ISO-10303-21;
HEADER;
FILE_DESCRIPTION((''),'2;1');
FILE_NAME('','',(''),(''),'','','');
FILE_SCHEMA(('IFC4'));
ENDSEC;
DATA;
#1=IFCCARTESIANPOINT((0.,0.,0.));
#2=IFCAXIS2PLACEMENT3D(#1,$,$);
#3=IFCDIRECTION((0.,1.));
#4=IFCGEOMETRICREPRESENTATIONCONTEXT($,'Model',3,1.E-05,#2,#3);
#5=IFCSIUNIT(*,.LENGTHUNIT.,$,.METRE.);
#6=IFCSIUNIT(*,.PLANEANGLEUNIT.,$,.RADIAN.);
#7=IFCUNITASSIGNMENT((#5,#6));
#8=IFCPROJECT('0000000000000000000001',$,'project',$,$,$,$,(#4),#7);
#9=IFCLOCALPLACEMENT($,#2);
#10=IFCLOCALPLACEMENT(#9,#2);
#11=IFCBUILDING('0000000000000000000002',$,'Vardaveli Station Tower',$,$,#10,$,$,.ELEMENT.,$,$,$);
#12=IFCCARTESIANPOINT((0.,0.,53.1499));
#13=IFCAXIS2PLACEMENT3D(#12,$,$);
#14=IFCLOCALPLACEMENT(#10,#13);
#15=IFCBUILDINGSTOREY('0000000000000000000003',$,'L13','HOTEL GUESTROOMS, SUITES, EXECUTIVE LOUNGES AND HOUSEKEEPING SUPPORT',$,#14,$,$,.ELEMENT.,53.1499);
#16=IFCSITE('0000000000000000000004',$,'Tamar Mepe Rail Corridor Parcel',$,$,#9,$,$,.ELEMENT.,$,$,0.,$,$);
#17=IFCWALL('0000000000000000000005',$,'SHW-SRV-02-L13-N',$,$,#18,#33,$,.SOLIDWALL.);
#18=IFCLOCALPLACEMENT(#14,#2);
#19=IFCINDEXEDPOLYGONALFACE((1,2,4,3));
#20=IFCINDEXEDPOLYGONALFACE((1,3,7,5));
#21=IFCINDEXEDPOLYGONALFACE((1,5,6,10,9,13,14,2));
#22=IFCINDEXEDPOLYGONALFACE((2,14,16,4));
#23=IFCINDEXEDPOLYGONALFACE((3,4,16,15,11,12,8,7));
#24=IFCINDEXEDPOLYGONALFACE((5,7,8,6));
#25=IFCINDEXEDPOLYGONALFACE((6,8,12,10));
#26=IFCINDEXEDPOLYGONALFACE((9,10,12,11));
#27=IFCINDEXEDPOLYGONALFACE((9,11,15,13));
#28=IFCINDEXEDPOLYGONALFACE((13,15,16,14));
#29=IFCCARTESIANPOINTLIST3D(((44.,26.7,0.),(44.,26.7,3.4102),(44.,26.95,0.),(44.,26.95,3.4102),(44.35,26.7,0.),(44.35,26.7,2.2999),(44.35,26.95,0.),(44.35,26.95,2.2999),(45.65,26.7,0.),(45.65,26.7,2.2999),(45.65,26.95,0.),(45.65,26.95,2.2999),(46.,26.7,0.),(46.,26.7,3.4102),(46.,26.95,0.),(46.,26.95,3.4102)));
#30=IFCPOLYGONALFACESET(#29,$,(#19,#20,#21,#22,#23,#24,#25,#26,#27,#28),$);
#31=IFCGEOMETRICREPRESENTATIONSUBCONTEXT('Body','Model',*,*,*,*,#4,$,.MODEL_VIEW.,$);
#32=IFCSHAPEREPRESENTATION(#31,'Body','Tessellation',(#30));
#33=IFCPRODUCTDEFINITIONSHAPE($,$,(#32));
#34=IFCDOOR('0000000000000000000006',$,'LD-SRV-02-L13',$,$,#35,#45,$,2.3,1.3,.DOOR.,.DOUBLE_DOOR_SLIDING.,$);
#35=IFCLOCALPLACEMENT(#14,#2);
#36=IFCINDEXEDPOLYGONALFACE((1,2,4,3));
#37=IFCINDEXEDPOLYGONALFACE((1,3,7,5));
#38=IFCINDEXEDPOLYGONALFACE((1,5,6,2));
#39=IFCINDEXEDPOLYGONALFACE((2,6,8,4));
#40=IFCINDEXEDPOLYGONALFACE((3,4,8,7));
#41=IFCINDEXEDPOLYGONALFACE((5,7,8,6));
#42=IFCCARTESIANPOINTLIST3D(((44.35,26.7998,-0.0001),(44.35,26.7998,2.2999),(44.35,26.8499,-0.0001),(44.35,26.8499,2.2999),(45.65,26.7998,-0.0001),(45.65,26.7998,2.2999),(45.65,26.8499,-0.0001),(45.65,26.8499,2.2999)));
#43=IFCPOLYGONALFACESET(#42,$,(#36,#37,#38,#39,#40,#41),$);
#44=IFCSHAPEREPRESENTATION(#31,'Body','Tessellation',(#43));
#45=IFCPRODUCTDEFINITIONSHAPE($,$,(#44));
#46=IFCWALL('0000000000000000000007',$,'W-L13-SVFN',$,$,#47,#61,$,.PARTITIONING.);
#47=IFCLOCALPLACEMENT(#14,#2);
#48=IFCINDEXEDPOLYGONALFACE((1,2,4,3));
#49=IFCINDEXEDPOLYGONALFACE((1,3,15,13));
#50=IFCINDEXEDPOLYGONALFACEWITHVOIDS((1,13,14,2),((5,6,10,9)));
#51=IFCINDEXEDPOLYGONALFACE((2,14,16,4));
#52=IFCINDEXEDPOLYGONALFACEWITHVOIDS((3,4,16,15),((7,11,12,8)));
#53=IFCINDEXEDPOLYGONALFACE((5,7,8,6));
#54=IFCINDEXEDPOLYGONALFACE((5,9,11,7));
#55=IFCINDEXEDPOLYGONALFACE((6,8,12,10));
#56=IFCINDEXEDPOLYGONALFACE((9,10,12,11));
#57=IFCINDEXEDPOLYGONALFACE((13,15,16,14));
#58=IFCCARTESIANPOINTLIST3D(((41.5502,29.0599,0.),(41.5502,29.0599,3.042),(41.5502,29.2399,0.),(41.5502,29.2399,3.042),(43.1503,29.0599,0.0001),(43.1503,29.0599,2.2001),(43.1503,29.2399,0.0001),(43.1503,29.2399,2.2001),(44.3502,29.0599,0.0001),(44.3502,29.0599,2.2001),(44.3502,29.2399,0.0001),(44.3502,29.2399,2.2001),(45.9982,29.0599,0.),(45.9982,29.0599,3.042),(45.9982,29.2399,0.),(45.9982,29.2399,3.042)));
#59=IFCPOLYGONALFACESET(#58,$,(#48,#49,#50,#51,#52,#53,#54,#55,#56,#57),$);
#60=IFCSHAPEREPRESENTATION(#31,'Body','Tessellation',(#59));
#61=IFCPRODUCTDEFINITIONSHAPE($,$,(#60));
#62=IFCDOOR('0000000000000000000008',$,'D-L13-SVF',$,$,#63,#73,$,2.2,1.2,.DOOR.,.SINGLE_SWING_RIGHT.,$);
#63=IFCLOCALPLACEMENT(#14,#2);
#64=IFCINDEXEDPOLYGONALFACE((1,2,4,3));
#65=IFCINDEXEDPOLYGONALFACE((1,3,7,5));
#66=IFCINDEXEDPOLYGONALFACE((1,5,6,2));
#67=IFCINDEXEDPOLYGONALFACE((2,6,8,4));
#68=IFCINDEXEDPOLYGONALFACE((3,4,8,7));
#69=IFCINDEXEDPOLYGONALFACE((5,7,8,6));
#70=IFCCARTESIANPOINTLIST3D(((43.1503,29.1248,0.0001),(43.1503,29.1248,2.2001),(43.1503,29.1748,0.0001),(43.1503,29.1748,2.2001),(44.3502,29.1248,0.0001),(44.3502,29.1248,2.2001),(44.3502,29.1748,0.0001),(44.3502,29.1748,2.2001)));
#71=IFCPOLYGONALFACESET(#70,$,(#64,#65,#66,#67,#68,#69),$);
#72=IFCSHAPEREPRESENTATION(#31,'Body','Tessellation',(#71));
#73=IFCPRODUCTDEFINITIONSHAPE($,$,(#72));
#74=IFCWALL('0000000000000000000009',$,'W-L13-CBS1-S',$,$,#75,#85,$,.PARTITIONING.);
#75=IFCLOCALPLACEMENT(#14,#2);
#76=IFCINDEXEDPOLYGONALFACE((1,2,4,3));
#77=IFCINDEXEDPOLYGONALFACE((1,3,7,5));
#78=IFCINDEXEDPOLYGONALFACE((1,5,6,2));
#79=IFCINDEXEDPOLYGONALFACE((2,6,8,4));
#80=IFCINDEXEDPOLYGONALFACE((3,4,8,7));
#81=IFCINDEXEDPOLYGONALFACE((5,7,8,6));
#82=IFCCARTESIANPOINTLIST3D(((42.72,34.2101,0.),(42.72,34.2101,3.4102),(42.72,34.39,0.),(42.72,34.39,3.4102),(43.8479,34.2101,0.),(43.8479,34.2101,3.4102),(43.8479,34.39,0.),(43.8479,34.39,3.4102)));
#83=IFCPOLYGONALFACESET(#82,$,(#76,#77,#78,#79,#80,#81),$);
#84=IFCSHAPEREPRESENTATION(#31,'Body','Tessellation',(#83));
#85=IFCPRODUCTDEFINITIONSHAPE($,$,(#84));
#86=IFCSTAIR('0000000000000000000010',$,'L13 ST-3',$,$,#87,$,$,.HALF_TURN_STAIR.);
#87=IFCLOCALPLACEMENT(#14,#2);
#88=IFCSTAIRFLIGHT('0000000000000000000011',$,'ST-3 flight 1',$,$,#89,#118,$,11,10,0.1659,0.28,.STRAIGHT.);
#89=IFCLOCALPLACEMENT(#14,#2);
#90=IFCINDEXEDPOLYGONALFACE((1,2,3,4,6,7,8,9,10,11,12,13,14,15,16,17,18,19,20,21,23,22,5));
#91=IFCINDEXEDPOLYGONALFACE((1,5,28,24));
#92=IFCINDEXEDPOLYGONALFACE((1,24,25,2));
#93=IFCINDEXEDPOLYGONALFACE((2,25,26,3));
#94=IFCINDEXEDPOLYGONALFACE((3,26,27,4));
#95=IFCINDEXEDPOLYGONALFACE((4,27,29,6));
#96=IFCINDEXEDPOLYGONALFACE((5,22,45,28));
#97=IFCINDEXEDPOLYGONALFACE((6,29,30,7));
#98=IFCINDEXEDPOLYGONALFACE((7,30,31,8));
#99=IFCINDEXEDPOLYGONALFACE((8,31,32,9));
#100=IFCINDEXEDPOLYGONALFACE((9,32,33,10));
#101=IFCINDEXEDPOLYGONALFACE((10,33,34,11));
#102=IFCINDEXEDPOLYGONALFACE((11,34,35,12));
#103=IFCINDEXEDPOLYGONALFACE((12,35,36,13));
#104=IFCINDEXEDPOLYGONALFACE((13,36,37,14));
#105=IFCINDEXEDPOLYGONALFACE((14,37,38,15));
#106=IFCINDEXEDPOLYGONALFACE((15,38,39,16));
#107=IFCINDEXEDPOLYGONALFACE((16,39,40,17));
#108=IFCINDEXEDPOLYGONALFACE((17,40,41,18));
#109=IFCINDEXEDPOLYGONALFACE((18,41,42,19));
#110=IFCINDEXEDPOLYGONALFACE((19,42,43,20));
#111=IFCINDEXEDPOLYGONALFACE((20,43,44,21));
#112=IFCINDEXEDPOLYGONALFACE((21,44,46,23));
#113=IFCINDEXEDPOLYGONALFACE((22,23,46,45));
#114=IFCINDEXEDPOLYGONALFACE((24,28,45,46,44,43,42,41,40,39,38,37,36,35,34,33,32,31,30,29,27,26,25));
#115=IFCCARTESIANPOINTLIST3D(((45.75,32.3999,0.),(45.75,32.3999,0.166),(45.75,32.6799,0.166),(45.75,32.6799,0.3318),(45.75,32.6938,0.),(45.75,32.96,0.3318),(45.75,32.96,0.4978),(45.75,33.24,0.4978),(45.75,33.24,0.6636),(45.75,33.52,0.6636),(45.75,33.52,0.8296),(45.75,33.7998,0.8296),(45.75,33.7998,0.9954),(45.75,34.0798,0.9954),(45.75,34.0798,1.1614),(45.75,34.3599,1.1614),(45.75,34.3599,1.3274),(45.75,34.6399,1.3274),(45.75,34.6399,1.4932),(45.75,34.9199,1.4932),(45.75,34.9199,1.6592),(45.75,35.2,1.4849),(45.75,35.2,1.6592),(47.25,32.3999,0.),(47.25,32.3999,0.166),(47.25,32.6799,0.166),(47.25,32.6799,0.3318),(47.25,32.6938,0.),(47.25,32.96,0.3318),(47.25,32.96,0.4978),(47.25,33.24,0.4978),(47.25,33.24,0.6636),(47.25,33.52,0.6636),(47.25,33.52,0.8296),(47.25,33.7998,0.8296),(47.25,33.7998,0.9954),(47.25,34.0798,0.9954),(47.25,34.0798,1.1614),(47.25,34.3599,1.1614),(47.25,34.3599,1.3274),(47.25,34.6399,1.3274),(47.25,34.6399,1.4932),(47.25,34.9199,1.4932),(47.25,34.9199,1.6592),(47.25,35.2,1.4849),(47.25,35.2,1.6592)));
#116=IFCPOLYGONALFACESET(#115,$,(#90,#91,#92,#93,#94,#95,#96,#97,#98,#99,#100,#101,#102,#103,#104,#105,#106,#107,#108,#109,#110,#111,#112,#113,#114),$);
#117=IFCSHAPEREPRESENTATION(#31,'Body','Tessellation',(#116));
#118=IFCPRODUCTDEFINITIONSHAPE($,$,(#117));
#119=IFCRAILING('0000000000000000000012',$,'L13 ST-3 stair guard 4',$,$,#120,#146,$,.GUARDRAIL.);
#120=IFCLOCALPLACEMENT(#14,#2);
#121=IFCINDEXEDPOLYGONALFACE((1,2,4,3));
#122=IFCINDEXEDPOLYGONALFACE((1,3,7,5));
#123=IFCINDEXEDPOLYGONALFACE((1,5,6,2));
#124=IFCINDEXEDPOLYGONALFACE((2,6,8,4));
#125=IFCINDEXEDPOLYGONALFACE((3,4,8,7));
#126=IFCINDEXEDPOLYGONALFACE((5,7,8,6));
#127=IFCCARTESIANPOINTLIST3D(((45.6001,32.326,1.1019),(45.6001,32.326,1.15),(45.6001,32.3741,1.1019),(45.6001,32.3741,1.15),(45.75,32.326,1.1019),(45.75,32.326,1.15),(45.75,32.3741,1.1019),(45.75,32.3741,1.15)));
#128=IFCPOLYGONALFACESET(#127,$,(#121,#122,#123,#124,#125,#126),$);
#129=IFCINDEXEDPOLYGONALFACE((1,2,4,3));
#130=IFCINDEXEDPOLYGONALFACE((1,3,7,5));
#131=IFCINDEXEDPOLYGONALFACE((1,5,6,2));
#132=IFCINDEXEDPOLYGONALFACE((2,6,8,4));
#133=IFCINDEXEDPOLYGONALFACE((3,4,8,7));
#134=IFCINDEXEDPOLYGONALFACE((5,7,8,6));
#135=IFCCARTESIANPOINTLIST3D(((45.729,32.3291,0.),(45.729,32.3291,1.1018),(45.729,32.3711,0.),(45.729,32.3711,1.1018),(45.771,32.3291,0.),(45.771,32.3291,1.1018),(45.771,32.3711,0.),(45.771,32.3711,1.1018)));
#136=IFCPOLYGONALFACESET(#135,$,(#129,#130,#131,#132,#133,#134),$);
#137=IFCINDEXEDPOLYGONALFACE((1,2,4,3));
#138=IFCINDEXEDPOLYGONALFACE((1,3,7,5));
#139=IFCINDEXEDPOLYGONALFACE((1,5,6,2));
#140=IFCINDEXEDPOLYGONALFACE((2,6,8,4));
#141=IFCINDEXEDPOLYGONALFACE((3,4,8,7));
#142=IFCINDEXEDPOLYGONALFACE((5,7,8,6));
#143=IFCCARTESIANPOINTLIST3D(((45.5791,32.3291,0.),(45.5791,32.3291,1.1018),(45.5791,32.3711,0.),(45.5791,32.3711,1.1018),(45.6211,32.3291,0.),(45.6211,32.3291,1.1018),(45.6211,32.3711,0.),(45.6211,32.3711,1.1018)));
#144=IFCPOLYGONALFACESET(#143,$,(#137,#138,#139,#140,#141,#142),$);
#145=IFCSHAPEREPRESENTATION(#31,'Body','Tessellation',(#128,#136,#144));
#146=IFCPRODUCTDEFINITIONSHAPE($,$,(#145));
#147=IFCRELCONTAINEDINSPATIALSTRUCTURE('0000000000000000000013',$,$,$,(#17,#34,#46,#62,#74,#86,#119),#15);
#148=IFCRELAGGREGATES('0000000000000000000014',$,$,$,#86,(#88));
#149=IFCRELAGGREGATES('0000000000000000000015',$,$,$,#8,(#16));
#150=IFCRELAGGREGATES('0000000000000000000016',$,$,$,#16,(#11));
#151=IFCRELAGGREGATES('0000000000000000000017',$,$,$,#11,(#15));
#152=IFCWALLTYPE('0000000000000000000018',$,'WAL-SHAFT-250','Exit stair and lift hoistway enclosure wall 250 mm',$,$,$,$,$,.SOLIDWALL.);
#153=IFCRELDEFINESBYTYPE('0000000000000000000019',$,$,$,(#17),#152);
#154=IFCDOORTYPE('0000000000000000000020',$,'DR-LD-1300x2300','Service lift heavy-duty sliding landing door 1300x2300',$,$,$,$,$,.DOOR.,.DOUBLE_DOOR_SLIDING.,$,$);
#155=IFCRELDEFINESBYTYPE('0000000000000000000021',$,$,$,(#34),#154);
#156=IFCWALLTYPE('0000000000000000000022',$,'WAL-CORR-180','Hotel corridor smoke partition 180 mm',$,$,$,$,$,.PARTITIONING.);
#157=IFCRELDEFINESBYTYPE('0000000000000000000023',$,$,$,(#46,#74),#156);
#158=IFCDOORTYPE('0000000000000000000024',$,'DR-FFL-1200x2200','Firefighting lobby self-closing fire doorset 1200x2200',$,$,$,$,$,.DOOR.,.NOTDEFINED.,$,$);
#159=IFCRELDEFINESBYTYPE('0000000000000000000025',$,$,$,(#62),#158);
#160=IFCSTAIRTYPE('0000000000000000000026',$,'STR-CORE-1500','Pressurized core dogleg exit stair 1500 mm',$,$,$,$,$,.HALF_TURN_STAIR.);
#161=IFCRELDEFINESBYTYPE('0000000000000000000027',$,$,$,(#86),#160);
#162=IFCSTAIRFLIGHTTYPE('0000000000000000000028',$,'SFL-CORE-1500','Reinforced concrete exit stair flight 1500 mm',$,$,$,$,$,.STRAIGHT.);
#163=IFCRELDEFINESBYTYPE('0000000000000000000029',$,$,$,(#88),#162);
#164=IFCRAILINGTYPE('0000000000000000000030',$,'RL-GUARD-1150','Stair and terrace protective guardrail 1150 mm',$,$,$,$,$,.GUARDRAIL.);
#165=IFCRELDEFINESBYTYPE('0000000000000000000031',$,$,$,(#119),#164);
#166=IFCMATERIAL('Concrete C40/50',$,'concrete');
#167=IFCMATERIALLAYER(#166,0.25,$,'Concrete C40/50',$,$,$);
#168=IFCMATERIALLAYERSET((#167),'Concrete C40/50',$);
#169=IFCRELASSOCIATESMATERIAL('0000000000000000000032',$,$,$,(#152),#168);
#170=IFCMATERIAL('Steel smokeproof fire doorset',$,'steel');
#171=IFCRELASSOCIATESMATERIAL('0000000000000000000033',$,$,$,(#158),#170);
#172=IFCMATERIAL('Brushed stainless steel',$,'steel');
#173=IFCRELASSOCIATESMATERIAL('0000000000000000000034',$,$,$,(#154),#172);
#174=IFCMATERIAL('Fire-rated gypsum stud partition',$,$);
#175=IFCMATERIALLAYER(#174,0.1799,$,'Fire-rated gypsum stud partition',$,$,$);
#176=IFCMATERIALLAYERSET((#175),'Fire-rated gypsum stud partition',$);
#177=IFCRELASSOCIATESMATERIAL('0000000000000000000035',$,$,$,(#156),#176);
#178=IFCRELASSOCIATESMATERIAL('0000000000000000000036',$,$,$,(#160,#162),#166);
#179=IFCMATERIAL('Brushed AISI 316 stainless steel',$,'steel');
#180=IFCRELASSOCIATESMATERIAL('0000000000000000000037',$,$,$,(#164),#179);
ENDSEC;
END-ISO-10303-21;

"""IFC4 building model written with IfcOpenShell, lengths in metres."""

from ifc_helpers import new_model, si_unit, direction, frame, frame_2d, origin, origin_2d, place, context, subcontext, project, spatial, polyline, rectangle, outline, extrude, source, transform, mapped, material, layer, layer_set, type_object, element, fill, aggregate, save


model = new_model("IFC4")

# Units and contexts
model_context = context("Model", 3, precision=1e-05, world=origin(), true_north=direction((0.0, 1.0)))
body_context = subcontext(model_context, "Body", "Model", "MODEL_VIEW")
ifc_project = project(units=[si_unit("LENGTHUNIT", "METRE"), si_unit("PLANEANGLEUNIT", "RADIAN")], contexts=[model_context])

# Site, building, storey
site_placement = place(None, origin())
site = spatial("IfcSite", under=ifc_project, at=site_placement, Name="Tamar Mepe Rail Corridor Parcel", CompositionType="ELEMENT", RefElevation=0.0)
building_placement = place(site_placement, origin())
building = spatial("IfcBuilding", under=site, at=building_placement, Name="Vardaveli Station Tower", CompositionType="ELEMENT")
storey_placement = place(building_placement, frame((0.0, 0.0, 53.1499)))
storey = spatial("IfcBuildingStorey", under=building, at=storey_placement, Name="L13", Description="HOTEL GUESTROOMS, SUITES, EXECUTIVE LOUNGES AND HOUSEKEEPING SUPPORT", CompositionType="ELEMENT", Elevation=53.1499)

# Shared definitions
ifc_material_1 = material(Name="Concrete C40/50", Category="concrete")
ifc_layer_1 = layer(ifc_material_1, 0.25, Name="Concrete C40/50")
ifc_layer_set_1 = layer_set([ifc_layer_1], Name="Concrete C40/50")
wall_type_1 = type_object("IfcWallType", Name="WAL-SHAFT-250", Description="Exit stair and lift hoistway enclosure wall 250 mm", PredefinedType="SOLIDWALL", material=ifc_layer_set_1)

# Walls, openings, doors
ifc_material_2 = material(Name="Steel smokeproof fire doorset", Category="steel")
door_type_1 = type_object("IfcDoorType", Name="DR-FFL-1200x2200", Description="Firefighting lobby self-closing fire doorset 1200x2200", OperationType="NOTDEFINED", PredefinedType="DOOR", material=ifc_material_2)
shared_shape_1 = source(origin(), body_context, "Body", "SweptSolid", [
    extrude(rectangle(XDim=1.2, YDim=2.2, at=frame_2d((0.6001, 1.1001))), frame((0.0, 0.0249, 0.0), z_axis=(0.0, -1.0, 0.0), x_axis=(1.0, 0.0, 0.0)), (0.0, 0.0, 1.0), 0.05),
])
shared_shape_2 = source(origin(), body_context, "Body", "SweptSolid", [
    extrude(rectangle(XDim=2.0, YDim=0.25, at=frame_2d((1.0, 0.0))), origin(), (0.0, 0.0, 1.0), 3.4102),
])
wall_1_placement = place(storey_placement, frame((44.0, 26.825, 0.0), z_axis=(0.0, 0.0, 1.0), x_axis=(1.0, 0.0, 0.0)))
wall_1 = element("IfcWall", 1, at=wall_1_placement, inside=storey, type_object=wall_type_1, Name="SHW-SRV-02-L13-N", PredefinedType="SOLIDWALL", context=body_context, shape_type="MappedRepresentation", body=[
    mapped(shared_shape_2, transform((0.0, 0.0, 0.0), scale=1.0)),
])
shared_shape_3 = source(origin(), body_context, "Body", "SweptSolid", [
    extrude(rectangle(XDim=1.3, YDim=2.3, at=frame_2d((0.6499, 1.1499))), frame((0.0, 0.135, 0.0), z_axis=(0.0, -1.0, 0.0), x_axis=(1.0, 0.0, 0.0)), (0.0, 0.0, 1.0), 0.27),
])
opening_1_placement = place(wall_1_placement, frame((0.3501, 0.0, 0.0)))
opening_1 = element("IfcOpeningElement", 2, at=opening_1_placement, cuts=wall_1, PredefinedType="OPENING", context=body_context, shape_type="MappedRepresentation", body=[
    mapped(shared_shape_3, transform((0.0, 0.0, 0.0), scale=1.0)),
])
ifc_material_3 = material(Name="Brushed stainless steel", Category="steel")
door_type_2 = type_object("IfcDoorType", Name="DR-LD-1300x2300", Description="Service lift heavy-duty sliding landing door 1300x2300", OperationType="DOUBLE_DOOR_SLIDING", PredefinedType="DOOR", material=ifc_material_3)
shared_shape_4 = source(origin(), body_context, "Body", "SweptSolid", [
    extrude(rectangle(XDim=1.3, YDim=2.3, at=frame_2d((0.6499, 1.1499))), frame((0.0, 0.0249, 0.0), z_axis=(0.0, -1.0, 0.0), x_axis=(1.0, 0.0, 0.0)), (0.0, 0.0, 1.0), 0.05),
])
door_1_placement = place(opening_1_placement, origin())
door_1 = element("IfcDoor", 3, at=door_1_placement, inside=storey, type_object=door_type_2, Name="LD-SRV-02-L13", OperationType="DOUBLE_DOOR_SLIDING", OverallHeight=2.3, OverallWidth=1.3, PredefinedType="DOOR", context=body_context, shape_type="MappedRepresentation", body=[
    mapped(shared_shape_4, transform((0.0, 0.0, 0.0), scale=1.0)),
])
fill(opening_1, door_1)
ifc_material_4 = material(Name="Fire-rated gypsum stud partition")
ifc_layer_2 = layer(ifc_material_4, 0.1799, Name="Fire-rated gypsum stud partition")
ifc_layer_set_2 = layer_set([ifc_layer_2], Name="Fire-rated gypsum stud partition")
wall_type_2 = type_object("IfcWallType", Name="WAL-CORR-180", Description="Hotel corridor smoke partition 180 mm", PredefinedType="PARTITIONING", material=ifc_layer_set_2)
shared_shape_5 = source(origin(), body_context, "Body", "SweptSolid", [
    extrude(rectangle(XDim=4.448, YDim=0.1799, at=frame_2d((2.2241, 0.0))), origin(), (0.0, 0.0, 1.0), 3.042),
])
wall_2_placement = place(storey_placement, frame((41.55, 29.1499, 0.0), z_axis=(0.0, 0.0, 1.0), x_axis=(1.0, 0.0, 0.0)))
wall_2 = element("IfcWall", 4, at=wall_2_placement, inside=storey, type_object=wall_type_2, Name="W-L13-SVFN", PredefinedType="PARTITIONING", context=body_context, shape_type="MappedRepresentation", body=[
    mapped(shared_shape_5, transform((0.0, 0.0, 0.0), scale=1.0)),
])
shared_shape_6 = source(origin(), body_context, "Body", "SweptSolid", [
    extrude(rectangle(XDim=1.2, YDim=2.2, at=frame_2d((0.6001, 1.1001))), frame((0.0, 0.1001, 0.0), z_axis=(0.0, -1.0, 0.0), x_axis=(1.0, 0.0, 0.0)), (0.0, 0.0, 1.0), 0.2),
])
opening_2_placement = place(wall_2_placement, frame((1.6001, 0.0, 0.0)))
opening_2 = element("IfcOpeningElement", 5, at=opening_2_placement, cuts=wall_2, PredefinedType="OPENING", context=body_context, shape_type="MappedRepresentation", body=[
    mapped(shared_shape_6, transform((0.0, 0.0, 0.0), scale=1.0)),
])
door_2_placement = place(opening_2_placement, origin())
door_2 = element("IfcDoor", 6, at=door_2_placement, inside=storey, type_object=door_type_1, Name="D-L13-SVF", OperationType="SINGLE_SWING_RIGHT", OverallHeight=2.2, OverallWidth=1.2, PredefinedType="DOOR", context=body_context, shape_type="MappedRepresentation", body=[
    mapped(shared_shape_1, transform((0.0, 0.0, 0.0), scale=1.0)),
])
fill(opening_2, door_2)

# Wall
shared_shape_7 = source(origin(), body_context, "Body", "SweptSolid", [
    extrude(rectangle(XDim=1.1279, YDim=0.1799, at=frame_2d((0.564, 0.0))), origin(), (0.0, 0.0, 1.0), 3.4102),
])
wall_3_placement = place(storey_placement, frame((42.72, 34.3, 0.0), z_axis=(0.0, 0.0, 1.0), x_axis=(1.0, 0.0, 0.0)))
element("IfcWall", 7, at=wall_3_placement, inside=storey, type_object=wall_type_2, Name="W-L13-CBS1-S", PredefinedType="PARTITIONING", context=body_context, shape_type="MappedRepresentation", body=[
    mapped(shared_shape_7, transform((0.0, 0.0, 0.0), scale=1.0)),
])

# Stair, stair flight
stair_type = type_object("IfcStairType", Name="STR-CORE-1500", Description="Pressurized core dogleg exit stair 1500 mm", PredefinedType="HALF_TURN_STAIR", material=ifc_material_1)
stair_placement = place(storey_placement, origin())
stair = element("IfcStair", 8, at=stair_placement, inside=storey, type_object=stair_type, Name="L13 ST-3", PredefinedType="HALF_TURN_STAIR")
stair_flight_type = type_object("IfcStairFlightType", Name="SFL-CORE-1500", Description="Reinforced concrete exit stair flight 1500 mm", PredefinedType="STRAIGHT", material=ifc_material_1)
shared_shape_8 = source(origin(), body_context, "Body", "SweptSolid", [
    extrude(outline(polyline([(0.0, 0.0), (0.0, 0.166), (0.28, 0.166), (0.28, 0.3318), (0.5601, 0.3318), (0.5601, 0.4978), (0.8401, 0.4978), (0.8401, 0.6636), (1.1201, 0.6636), (1.1201, 0.8296), (1.3999, 0.8296), (1.3999, 0.9954), (1.6799, 0.9954), (1.6799, 1.1614), (1.96, 1.1614), (1.96, 1.3274), (2.24, 1.3274), (2.24, 1.4932), (2.52, 1.4932), (2.52, 1.6592), (2.8, 1.6592), (2.8, 1.825), (2.8, 1.4849), (0.2939, 0.0), (0.0, 0.0)])), frame((0.0, 0.75, 0.0), z_axis=(0.0, -1.0, 0.0), x_axis=(1.0, 0.0, 0.0)), (0.0, 0.0, 1.0), 1.5),
])
stair_flight_placement = place(storey_placement, frame((46.5, 32.3999, 0.0), z_axis=(0.0, 0.0, 1.0), x_axis=(0.0, 1.0, 0.0)))
stair_flight = element("IfcStairFlight", 9, at=stair_flight_placement, type_object=stair_flight_type, Name="ST-3 flight 1", NumberOfRisers=11, NumberOfTreads=10, PredefinedType="STRAIGHT", RiserHeight=0.1659, TreadLength=0.28, context=body_context, shape_type="MappedRepresentation", body=[
    mapped(shared_shape_8, transform((0.0, 0.0, 0.0), scale=1.0)),
])
aggregate(stair, [stair_flight])

# Railing
ifc_material_5 = material(Name="Brushed AISI 316 stainless steel", Category="steel")
railing_type_1 = type_object("IfcRailingType", Name="RL-GUARD-1150", Description="Stair and terrace protective guardrail 1150 mm", PredefinedType="GUARDRAIL", material=ifc_material_5)
shared_shape_9 = source(origin(), body_context, "Body", "SweptSolid", [
    extrude(rectangle(XDim=0.0481, YDim=0.0481, at=origin_2d()), frame((0.0, 0.0, 1.126), z_axis=(-1.0, 0.0, 0.0), x_axis=(0.0, -1.0, 0.0)), (0.0, 0.0, 1.0), 0.1499),
    extrude(rectangle(XDim=0.042, YDim=0.042, at=origin_2d()), origin(), (0.0, 0.0, 1.0), 1.1018),
    extrude(rectangle(XDim=0.042, YDim=0.042, at=origin_2d()), frame((-0.1499, 0.0, 0.0)), (0.0, 0.0, 1.0), 1.1018),
])
railing_1_placement = place(storey_placement, frame((45.75, 32.3501, 0.0)))
element("IfcRailing", 10, at=railing_1_placement, inside=storey, type_object=railing_type_1, Name="L13 ST-3 stair guard 4", PredefinedType="GUARDRAIL", context=body_context, shape_type="MappedRepresentation", body=[
    mapped(shared_shape_9, transform((0.0, 0.0, 0.0), scale=1.0)),
])

save(model, "model.ifc")
